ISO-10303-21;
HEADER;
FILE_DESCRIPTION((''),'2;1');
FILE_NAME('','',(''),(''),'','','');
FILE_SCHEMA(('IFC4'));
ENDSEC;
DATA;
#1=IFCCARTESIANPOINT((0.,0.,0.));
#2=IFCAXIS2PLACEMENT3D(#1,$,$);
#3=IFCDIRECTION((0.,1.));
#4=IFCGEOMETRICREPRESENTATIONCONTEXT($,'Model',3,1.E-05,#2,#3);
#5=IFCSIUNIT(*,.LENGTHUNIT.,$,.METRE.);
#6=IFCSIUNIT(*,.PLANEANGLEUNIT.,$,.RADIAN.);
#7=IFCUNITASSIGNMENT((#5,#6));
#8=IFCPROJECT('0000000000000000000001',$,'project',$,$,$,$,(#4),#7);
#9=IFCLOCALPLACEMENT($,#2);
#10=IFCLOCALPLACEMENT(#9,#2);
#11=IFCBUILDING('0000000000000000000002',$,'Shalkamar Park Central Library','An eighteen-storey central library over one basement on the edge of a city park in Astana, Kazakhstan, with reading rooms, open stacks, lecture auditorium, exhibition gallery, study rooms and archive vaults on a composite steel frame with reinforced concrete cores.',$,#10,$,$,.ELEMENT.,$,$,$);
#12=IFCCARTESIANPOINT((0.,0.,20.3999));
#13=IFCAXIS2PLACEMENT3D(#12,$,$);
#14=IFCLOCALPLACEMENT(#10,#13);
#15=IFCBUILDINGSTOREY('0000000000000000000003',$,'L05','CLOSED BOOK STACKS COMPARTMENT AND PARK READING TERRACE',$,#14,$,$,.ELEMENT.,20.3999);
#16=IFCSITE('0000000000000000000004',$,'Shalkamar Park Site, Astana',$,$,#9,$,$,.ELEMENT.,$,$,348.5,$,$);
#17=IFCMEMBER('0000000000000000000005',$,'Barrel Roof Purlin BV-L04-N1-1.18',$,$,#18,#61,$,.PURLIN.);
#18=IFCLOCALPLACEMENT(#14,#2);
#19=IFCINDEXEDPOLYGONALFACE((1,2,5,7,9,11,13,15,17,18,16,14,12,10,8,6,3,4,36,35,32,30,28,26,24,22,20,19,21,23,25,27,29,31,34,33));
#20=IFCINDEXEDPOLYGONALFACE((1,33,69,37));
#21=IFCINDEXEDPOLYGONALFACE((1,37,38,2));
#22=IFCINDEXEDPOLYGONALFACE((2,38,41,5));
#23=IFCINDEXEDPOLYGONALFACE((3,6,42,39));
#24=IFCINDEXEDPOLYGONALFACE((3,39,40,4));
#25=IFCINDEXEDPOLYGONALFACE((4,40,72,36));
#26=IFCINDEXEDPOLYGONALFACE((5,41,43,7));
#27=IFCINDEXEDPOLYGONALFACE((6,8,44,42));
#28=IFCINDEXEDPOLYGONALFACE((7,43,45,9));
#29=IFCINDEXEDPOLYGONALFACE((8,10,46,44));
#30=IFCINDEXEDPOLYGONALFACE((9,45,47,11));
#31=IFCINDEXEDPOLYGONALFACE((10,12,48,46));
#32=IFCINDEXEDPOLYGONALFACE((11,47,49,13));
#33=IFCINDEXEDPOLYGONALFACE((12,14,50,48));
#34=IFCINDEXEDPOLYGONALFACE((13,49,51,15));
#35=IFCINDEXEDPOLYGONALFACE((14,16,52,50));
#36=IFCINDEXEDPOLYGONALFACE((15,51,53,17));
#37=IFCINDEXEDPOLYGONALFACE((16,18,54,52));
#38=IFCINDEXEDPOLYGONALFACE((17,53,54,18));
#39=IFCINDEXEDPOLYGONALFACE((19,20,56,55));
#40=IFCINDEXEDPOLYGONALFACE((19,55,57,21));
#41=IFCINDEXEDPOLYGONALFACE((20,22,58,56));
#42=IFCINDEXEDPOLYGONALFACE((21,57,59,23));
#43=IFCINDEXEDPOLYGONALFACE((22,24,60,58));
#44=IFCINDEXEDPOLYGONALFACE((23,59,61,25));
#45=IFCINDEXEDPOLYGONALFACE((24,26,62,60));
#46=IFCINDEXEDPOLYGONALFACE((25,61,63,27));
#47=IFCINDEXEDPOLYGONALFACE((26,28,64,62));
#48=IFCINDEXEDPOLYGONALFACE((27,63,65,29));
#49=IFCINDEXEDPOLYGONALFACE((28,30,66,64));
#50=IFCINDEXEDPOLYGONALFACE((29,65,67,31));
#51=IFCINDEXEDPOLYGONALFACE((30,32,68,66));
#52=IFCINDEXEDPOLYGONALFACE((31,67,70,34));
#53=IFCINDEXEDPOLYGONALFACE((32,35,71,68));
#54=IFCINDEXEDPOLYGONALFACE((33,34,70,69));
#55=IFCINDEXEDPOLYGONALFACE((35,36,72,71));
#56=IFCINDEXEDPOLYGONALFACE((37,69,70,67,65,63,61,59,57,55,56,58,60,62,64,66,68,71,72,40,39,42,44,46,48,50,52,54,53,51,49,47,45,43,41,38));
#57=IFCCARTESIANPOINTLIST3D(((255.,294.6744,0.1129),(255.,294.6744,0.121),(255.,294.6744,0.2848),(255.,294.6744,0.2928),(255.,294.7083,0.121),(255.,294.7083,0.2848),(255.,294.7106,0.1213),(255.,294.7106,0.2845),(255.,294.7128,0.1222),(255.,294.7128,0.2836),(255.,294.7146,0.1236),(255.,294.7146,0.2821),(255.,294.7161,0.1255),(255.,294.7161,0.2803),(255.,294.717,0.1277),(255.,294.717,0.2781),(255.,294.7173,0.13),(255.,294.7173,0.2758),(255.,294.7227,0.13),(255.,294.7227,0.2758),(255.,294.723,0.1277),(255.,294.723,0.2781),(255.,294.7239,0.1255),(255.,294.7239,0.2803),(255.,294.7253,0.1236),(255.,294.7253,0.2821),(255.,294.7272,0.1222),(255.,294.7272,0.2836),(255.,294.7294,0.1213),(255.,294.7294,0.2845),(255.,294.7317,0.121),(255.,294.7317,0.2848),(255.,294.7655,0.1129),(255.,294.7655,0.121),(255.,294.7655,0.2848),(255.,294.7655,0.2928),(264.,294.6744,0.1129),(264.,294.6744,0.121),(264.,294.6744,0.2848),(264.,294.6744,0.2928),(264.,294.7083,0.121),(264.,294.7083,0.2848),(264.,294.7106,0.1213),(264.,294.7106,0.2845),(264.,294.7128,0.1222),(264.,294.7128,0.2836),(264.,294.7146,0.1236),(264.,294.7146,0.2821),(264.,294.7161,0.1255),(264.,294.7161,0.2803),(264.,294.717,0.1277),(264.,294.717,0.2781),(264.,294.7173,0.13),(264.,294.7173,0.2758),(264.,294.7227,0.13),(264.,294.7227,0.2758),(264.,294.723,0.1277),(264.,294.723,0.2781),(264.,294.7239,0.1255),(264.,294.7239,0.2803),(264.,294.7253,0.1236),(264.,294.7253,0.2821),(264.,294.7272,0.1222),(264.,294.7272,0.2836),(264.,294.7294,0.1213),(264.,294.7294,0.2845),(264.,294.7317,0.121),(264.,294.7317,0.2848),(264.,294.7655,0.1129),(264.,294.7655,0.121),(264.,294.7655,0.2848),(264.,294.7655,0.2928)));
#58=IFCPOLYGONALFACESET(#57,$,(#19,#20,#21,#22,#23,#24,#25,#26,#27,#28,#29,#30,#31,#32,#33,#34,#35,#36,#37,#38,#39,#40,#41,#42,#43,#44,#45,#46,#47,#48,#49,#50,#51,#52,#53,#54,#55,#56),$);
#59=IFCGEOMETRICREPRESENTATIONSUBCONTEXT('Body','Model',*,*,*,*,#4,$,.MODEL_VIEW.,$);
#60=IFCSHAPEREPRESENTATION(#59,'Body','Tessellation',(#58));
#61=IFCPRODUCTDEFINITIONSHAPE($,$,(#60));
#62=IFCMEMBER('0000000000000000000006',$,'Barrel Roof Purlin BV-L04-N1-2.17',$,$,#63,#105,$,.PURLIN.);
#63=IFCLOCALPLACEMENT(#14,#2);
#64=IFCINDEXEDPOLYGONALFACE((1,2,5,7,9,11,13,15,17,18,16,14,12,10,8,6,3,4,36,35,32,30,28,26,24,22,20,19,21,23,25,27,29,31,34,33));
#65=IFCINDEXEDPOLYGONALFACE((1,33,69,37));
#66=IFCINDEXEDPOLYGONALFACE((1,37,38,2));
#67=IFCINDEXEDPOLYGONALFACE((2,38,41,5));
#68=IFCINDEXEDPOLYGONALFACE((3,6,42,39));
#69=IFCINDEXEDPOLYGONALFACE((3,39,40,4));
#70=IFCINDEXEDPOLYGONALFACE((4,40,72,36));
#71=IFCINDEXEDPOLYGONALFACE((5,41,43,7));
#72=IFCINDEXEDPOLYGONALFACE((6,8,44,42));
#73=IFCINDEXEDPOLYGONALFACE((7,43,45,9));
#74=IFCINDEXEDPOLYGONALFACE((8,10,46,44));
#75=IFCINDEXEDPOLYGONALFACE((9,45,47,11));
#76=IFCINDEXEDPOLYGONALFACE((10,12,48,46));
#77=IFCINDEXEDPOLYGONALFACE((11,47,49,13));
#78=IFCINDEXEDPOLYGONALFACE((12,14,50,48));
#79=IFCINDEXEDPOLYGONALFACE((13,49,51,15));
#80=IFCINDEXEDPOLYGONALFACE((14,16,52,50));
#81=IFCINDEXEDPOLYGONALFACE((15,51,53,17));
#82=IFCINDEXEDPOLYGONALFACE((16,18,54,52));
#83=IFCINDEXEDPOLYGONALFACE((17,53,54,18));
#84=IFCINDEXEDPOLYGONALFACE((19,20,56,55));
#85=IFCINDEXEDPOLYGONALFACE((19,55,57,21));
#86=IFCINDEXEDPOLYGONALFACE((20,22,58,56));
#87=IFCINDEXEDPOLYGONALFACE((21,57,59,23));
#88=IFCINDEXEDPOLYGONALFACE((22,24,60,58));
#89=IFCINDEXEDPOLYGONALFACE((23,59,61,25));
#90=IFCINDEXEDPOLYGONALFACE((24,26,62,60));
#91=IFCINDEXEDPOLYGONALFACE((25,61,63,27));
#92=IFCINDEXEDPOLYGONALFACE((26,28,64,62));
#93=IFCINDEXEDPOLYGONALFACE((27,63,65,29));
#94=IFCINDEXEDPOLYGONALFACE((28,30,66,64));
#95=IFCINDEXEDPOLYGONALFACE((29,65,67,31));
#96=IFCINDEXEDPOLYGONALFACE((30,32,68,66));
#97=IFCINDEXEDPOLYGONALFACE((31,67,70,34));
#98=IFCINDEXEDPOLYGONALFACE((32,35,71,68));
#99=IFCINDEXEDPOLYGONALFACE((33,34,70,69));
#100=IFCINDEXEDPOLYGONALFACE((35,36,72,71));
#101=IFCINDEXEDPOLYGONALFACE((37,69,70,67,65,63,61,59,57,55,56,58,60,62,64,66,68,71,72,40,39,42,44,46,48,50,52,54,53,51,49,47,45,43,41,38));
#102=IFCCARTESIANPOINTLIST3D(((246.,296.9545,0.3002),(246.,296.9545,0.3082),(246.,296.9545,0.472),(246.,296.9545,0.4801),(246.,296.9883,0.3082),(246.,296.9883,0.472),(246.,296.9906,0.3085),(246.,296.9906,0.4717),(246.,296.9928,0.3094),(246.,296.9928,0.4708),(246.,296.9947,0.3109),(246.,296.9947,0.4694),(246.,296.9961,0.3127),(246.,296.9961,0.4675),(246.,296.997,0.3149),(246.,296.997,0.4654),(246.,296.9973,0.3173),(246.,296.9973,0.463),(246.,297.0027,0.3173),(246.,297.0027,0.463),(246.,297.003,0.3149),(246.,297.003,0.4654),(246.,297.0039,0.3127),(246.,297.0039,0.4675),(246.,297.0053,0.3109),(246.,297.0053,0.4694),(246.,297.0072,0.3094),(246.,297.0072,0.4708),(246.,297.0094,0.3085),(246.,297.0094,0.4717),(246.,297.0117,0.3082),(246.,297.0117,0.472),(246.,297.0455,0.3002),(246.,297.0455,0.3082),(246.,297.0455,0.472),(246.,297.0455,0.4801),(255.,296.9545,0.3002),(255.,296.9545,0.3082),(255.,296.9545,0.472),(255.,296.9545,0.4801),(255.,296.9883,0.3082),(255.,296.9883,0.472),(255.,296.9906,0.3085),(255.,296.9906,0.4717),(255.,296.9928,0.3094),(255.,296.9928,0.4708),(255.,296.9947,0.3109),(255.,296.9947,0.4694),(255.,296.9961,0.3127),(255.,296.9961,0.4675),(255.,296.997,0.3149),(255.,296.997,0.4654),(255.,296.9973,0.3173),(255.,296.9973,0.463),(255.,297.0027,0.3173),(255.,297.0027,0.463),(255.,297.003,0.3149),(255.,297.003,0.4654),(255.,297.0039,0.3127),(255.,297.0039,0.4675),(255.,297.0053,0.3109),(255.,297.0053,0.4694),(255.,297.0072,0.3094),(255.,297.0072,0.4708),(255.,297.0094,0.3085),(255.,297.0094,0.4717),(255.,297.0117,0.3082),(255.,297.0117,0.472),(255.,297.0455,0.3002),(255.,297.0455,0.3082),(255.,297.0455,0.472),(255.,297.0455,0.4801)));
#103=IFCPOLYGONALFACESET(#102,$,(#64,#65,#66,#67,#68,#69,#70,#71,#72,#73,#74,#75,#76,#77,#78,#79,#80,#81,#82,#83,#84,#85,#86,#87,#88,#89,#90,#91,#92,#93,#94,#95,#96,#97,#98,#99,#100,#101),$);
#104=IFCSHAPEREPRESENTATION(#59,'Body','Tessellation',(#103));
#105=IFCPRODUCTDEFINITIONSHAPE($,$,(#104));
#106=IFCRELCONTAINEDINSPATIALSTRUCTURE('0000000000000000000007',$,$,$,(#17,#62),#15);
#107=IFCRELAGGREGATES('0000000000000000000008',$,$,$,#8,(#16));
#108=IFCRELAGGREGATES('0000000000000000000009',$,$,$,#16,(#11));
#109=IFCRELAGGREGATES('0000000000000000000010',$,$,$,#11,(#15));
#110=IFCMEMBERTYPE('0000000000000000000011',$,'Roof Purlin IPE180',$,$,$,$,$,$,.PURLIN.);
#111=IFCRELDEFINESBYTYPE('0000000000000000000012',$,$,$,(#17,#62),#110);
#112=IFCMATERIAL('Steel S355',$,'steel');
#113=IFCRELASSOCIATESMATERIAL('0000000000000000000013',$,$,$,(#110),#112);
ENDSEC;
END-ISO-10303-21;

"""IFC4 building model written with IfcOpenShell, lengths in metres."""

from ifc_helpers import new_model, si_unit, direction, frame, origin, origin_2d, place, context, subcontext, project, spatial, i_section, extrude, material, material_profile, profile_set, type_object, element, save


model = new_model("IFC4")

# Units and contexts
model_context = context("Model", 3, precision=1e-05, world=origin(), true_north=direction((0.0, 1.0)))
body_context = subcontext(model_context, "Body", "Model", "MODEL_VIEW")
ifc_project = project(units=[si_unit("LENGTHUNIT", "METRE"), si_unit("PLANEANGLEUNIT", "RADIAN")], contexts=[model_context])

# Site, building, storey
site_placement = place(None, origin())
site = spatial("IfcSite", under=ifc_project, at=site_placement, Name="Shalkamar Park Site, Astana", CompositionType="ELEMENT", RefElevation=348.5)
building_placement = place(site_placement, origin())
building = spatial("IfcBuilding", under=site, at=building_placement, Name="Shalkamar Park Central Library", Description="An eighteen-storey central library over one basement on the edge of a city park in Astana, Kazakhstan, with reading rooms, open stacks, lecture auditorium, exhibition gallery, study rooms and archive vaults on a composite steel frame with reinforced concrete cores.", CompositionType="ELEMENT")
storey_placement = place(building_placement, frame((0.0, 0.0, 20.3999)))
storey = spatial("IfcBuildingStorey", under=building, at=storey_placement, Name="L05", Description="CLOSED BOOK STACKS COMPARTMENT AND PARK READING TERRACE", CompositionType="ELEMENT", Elevation=20.3999)

# Members
ifc_material = material(Name="Steel S355", Category="steel")
ifc_material_profile_1 = material_profile(ifc_material, i_section(OverallWidth=0.0911, OverallDepth=0.1799, WebThickness=0.0054, FlangeThickness=0.0081, FilletRadius=0.009, at=origin_2d()), Name="IPE 180")
ifc_profile_set_1 = profile_set([ifc_material_profile_1], Name="Steel S355")
member_type_1 = type_object("IfcMemberType", Name="Roof Purlin IPE180", PredefinedType="PURLIN", material=ifc_profile_set_1)
for number, where, z_axis, x_axis, name in (
    (1, (255.0, 294.72, 0.2029), (1.0, 0.0, 0.0), (0.0, 1.0, 0.0), "Barrel Roof Purlin BV-L04-N1-1.18"),
    (2, (246.0, 297.0, 0.3901), (1.0, 0.0, 0.0), (0.0, 1.0, 0.0), "Barrel Roof Purlin BV-L04-N1-2.17"),
):
    element("IfcMember", number, at=place(storey_placement, frame(where, z_axis=z_axis, x_axis=x_axis)), inside=storey, type_object=member_type_1, Name=name, PredefinedType="PURLIN", context=body_context, shape_type="SweptSolid", body=[
        extrude(i_section(OverallWidth=0.0911, OverallDepth=0.1799, WebThickness=0.0054, FlangeThickness=0.0081, FilletRadius=0.009, at=origin_2d()), origin(), (0.0, 0.0, 1.0), 9.0),
    ])

save(model, "model.ifc")
